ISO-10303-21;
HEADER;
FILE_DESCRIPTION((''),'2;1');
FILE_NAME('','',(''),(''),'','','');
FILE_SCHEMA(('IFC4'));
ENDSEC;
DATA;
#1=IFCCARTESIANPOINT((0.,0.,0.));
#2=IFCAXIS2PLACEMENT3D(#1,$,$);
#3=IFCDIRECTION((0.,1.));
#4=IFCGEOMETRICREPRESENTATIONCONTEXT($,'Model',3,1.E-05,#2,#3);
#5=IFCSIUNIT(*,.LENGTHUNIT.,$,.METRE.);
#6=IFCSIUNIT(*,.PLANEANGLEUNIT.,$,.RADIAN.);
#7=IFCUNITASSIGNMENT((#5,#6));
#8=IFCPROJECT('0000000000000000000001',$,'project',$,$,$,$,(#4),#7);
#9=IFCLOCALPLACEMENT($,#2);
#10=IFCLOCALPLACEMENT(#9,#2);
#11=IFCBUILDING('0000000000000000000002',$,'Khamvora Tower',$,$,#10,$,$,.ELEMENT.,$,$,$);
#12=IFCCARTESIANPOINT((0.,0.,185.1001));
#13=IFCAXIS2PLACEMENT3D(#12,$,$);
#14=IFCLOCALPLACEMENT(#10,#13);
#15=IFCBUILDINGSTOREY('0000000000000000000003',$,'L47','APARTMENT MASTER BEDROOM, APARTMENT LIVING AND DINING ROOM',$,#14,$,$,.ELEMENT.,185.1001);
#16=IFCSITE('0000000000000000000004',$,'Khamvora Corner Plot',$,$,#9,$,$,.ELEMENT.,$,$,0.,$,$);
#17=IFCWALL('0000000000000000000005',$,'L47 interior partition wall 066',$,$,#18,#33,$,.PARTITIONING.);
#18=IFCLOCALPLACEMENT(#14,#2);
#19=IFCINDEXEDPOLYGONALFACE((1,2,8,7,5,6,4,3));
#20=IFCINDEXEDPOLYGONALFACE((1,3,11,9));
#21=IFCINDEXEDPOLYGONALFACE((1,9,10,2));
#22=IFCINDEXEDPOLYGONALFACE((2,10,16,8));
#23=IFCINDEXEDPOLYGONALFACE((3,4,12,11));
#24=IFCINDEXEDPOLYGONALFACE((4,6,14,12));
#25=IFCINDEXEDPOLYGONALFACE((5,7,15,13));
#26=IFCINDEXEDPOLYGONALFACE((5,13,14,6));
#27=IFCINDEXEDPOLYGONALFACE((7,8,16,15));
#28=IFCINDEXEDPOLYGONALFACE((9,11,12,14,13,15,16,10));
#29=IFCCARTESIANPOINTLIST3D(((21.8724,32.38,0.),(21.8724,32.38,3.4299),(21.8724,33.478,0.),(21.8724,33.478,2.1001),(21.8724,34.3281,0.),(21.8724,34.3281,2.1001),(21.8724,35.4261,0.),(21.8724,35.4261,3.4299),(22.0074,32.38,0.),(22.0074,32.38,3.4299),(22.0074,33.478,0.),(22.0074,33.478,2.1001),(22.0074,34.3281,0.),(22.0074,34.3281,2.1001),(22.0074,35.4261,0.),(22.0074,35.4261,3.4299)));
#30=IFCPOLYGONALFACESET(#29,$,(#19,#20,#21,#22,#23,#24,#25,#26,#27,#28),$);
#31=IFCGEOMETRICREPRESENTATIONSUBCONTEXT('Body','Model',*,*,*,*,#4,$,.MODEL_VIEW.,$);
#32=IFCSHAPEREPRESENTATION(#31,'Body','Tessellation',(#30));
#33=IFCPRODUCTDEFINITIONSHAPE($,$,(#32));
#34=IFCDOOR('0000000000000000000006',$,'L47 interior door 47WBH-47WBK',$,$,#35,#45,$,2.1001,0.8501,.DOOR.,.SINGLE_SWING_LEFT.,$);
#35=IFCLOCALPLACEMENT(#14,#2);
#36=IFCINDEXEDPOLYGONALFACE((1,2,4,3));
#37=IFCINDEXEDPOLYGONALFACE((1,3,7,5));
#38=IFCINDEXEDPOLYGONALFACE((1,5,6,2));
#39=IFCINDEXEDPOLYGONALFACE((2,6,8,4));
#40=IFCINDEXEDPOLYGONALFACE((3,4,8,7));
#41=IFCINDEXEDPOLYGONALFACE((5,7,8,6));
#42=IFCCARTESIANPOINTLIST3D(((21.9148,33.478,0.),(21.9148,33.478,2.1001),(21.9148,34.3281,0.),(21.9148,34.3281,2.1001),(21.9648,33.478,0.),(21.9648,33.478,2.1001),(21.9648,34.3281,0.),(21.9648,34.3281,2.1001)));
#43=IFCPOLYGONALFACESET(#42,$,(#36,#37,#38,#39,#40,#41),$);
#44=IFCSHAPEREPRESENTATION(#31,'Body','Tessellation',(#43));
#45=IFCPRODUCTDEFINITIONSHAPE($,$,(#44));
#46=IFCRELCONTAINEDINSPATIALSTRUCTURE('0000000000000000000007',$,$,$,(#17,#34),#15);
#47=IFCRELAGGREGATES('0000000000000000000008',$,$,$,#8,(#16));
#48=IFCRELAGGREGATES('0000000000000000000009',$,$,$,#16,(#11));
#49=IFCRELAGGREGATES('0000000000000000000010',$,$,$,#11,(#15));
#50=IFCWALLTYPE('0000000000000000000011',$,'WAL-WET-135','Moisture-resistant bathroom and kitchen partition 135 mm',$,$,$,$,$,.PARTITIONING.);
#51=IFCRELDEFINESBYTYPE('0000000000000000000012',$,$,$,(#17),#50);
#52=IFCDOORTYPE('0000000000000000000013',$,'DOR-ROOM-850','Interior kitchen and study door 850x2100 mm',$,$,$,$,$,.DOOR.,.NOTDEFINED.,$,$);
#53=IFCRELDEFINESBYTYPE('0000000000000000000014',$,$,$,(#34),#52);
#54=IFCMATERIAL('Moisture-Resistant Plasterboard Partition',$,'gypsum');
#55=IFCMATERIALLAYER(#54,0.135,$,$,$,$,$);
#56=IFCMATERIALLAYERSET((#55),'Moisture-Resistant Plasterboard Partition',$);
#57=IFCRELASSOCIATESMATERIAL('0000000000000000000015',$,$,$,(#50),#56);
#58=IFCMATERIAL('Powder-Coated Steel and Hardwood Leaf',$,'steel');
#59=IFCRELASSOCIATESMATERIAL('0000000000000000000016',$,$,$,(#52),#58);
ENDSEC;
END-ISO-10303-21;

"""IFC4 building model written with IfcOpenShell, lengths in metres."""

from ifc_helpers import new_model, si_unit, direction, frame, frame_2d, origin, place, context, subcontext, project, spatial, rectangle, extrude, material, layer, layer_set, type_object, element, fill, save


model = new_model("IFC4")

# Units and contexts
model_context = context("Model", 3, precision=1e-05, world=origin(), true_north=direction((0.0, 1.0)))
body_context = subcontext(model_context, "Body", "Model", "MODEL_VIEW")
ifc_project = project(units=[si_unit("LENGTHUNIT", "METRE"), si_unit("PLANEANGLEUNIT", "RADIAN")], contexts=[model_context])

# Site, building, storey
site_placement = place(None, origin())
site = spatial("IfcSite", under=ifc_project, at=site_placement, Name="Khamvora Corner Plot", CompositionType="ELEMENT", RefElevation=0.0)
building_placement = place(site_placement, origin())
building = spatial("IfcBuilding", under=site, at=building_placement, Name="Khamvora Tower", CompositionType="ELEMENT")
storey_placement = place(building_placement, frame((0.0, 0.0, 185.1001)))
storey = spatial("IfcBuildingStorey", under=building, at=storey_placement, Name="L47", Description="APARTMENT MASTER BEDROOM, APARTMENT LIVING AND DINING ROOM", CompositionType="ELEMENT", Elevation=185.1001)

# Shared definitions
ifc_material_1 = material(Name="Powder-Coated Steel and Hardwood Leaf", Category="steel")

# Shared definitions
ifc_material_2 = material(Name="Moisture-Resistant Plasterboard Partition", Category="gypsum")
ifc_layer_1 = layer(ifc_material_2, 0.135)
ifc_layer_set_1 = layer_set([ifc_layer_1], Name="Moisture-Resistant Plasterboard Partition")
wall_type_1 = type_object("IfcWallType", Name="WAL-WET-135", Description="Moisture-resistant bathroom and kitchen partition 135 mm", PredefinedType="PARTITIONING", material=ifc_layer_set_1)

# Wall, opening, door
wall_1_placement = place(storey_placement, frame((21.9399, 35.426, 0.0), z_axis=(0.0, 0.0, 1.0), x_axis=(0.0, -1.0, 0.0)))
wall_1 = element("IfcWall", 1, at=wall_1_placement, inside=storey, type_object=wall_type_1, Name="L47 interior partition wall 066", PredefinedType="PARTITIONING", context=body_context, shape_type="SweptSolid", body=[
    extrude(rectangle(XDim=3.0461, YDim=0.135, at=frame_2d((1.5229, 0.0))), origin(), (0.0, 0.0, 1.0), 3.4299),
])
opening_1_placement = place(wall_1_placement, frame((1.0979, 0.0, 0.0)))
opening_1 = element("IfcOpeningElement", 2, at=opening_1_placement, cuts=wall_1, PredefinedType="OPENING", context=body_context, shape_type="SweptSolid", body=[
    extrude(rectangle(XDim=0.8501, YDim=2.1001, at=frame_2d((0.425, 1.05))), frame((0.0, 0.0774, 0.0), z_axis=(0.0, -1.0, 0.0), x_axis=(1.0, 0.0, 0.0)), (0.0, 0.0, 1.0), 0.155),
])
door_type_1 = type_object("IfcDoorType", Name="DOR-ROOM-850", Description="Interior kitchen and study door 850x2100 mm", OperationType="NOTDEFINED", PredefinedType="DOOR", material=ifc_material_1)
door_1_placement = place(opening_1_placement, origin())
door_1 = element("IfcDoor", 3, at=door_1_placement, inside=storey, type_object=door_type_1, Name="L47 interior door 47WBH-47WBK", OperationType="SINGLE_SWING_LEFT", OverallHeight=2.1001, OverallWidth=0.8501, PredefinedType="DOOR", context=body_context, shape_type="SweptSolid", body=[
    extrude(rectangle(XDim=0.8501, YDim=2.1001, at=frame_2d((0.425, 1.05))), frame((0.0, 0.0249, 0.0), z_axis=(0.0, -1.0, 0.0), x_axis=(1.0, 0.0, 0.0)), (0.0, 0.0, 1.0), 0.05),
])
fill(opening_1, door_1)

save(model, "model.ifc")
